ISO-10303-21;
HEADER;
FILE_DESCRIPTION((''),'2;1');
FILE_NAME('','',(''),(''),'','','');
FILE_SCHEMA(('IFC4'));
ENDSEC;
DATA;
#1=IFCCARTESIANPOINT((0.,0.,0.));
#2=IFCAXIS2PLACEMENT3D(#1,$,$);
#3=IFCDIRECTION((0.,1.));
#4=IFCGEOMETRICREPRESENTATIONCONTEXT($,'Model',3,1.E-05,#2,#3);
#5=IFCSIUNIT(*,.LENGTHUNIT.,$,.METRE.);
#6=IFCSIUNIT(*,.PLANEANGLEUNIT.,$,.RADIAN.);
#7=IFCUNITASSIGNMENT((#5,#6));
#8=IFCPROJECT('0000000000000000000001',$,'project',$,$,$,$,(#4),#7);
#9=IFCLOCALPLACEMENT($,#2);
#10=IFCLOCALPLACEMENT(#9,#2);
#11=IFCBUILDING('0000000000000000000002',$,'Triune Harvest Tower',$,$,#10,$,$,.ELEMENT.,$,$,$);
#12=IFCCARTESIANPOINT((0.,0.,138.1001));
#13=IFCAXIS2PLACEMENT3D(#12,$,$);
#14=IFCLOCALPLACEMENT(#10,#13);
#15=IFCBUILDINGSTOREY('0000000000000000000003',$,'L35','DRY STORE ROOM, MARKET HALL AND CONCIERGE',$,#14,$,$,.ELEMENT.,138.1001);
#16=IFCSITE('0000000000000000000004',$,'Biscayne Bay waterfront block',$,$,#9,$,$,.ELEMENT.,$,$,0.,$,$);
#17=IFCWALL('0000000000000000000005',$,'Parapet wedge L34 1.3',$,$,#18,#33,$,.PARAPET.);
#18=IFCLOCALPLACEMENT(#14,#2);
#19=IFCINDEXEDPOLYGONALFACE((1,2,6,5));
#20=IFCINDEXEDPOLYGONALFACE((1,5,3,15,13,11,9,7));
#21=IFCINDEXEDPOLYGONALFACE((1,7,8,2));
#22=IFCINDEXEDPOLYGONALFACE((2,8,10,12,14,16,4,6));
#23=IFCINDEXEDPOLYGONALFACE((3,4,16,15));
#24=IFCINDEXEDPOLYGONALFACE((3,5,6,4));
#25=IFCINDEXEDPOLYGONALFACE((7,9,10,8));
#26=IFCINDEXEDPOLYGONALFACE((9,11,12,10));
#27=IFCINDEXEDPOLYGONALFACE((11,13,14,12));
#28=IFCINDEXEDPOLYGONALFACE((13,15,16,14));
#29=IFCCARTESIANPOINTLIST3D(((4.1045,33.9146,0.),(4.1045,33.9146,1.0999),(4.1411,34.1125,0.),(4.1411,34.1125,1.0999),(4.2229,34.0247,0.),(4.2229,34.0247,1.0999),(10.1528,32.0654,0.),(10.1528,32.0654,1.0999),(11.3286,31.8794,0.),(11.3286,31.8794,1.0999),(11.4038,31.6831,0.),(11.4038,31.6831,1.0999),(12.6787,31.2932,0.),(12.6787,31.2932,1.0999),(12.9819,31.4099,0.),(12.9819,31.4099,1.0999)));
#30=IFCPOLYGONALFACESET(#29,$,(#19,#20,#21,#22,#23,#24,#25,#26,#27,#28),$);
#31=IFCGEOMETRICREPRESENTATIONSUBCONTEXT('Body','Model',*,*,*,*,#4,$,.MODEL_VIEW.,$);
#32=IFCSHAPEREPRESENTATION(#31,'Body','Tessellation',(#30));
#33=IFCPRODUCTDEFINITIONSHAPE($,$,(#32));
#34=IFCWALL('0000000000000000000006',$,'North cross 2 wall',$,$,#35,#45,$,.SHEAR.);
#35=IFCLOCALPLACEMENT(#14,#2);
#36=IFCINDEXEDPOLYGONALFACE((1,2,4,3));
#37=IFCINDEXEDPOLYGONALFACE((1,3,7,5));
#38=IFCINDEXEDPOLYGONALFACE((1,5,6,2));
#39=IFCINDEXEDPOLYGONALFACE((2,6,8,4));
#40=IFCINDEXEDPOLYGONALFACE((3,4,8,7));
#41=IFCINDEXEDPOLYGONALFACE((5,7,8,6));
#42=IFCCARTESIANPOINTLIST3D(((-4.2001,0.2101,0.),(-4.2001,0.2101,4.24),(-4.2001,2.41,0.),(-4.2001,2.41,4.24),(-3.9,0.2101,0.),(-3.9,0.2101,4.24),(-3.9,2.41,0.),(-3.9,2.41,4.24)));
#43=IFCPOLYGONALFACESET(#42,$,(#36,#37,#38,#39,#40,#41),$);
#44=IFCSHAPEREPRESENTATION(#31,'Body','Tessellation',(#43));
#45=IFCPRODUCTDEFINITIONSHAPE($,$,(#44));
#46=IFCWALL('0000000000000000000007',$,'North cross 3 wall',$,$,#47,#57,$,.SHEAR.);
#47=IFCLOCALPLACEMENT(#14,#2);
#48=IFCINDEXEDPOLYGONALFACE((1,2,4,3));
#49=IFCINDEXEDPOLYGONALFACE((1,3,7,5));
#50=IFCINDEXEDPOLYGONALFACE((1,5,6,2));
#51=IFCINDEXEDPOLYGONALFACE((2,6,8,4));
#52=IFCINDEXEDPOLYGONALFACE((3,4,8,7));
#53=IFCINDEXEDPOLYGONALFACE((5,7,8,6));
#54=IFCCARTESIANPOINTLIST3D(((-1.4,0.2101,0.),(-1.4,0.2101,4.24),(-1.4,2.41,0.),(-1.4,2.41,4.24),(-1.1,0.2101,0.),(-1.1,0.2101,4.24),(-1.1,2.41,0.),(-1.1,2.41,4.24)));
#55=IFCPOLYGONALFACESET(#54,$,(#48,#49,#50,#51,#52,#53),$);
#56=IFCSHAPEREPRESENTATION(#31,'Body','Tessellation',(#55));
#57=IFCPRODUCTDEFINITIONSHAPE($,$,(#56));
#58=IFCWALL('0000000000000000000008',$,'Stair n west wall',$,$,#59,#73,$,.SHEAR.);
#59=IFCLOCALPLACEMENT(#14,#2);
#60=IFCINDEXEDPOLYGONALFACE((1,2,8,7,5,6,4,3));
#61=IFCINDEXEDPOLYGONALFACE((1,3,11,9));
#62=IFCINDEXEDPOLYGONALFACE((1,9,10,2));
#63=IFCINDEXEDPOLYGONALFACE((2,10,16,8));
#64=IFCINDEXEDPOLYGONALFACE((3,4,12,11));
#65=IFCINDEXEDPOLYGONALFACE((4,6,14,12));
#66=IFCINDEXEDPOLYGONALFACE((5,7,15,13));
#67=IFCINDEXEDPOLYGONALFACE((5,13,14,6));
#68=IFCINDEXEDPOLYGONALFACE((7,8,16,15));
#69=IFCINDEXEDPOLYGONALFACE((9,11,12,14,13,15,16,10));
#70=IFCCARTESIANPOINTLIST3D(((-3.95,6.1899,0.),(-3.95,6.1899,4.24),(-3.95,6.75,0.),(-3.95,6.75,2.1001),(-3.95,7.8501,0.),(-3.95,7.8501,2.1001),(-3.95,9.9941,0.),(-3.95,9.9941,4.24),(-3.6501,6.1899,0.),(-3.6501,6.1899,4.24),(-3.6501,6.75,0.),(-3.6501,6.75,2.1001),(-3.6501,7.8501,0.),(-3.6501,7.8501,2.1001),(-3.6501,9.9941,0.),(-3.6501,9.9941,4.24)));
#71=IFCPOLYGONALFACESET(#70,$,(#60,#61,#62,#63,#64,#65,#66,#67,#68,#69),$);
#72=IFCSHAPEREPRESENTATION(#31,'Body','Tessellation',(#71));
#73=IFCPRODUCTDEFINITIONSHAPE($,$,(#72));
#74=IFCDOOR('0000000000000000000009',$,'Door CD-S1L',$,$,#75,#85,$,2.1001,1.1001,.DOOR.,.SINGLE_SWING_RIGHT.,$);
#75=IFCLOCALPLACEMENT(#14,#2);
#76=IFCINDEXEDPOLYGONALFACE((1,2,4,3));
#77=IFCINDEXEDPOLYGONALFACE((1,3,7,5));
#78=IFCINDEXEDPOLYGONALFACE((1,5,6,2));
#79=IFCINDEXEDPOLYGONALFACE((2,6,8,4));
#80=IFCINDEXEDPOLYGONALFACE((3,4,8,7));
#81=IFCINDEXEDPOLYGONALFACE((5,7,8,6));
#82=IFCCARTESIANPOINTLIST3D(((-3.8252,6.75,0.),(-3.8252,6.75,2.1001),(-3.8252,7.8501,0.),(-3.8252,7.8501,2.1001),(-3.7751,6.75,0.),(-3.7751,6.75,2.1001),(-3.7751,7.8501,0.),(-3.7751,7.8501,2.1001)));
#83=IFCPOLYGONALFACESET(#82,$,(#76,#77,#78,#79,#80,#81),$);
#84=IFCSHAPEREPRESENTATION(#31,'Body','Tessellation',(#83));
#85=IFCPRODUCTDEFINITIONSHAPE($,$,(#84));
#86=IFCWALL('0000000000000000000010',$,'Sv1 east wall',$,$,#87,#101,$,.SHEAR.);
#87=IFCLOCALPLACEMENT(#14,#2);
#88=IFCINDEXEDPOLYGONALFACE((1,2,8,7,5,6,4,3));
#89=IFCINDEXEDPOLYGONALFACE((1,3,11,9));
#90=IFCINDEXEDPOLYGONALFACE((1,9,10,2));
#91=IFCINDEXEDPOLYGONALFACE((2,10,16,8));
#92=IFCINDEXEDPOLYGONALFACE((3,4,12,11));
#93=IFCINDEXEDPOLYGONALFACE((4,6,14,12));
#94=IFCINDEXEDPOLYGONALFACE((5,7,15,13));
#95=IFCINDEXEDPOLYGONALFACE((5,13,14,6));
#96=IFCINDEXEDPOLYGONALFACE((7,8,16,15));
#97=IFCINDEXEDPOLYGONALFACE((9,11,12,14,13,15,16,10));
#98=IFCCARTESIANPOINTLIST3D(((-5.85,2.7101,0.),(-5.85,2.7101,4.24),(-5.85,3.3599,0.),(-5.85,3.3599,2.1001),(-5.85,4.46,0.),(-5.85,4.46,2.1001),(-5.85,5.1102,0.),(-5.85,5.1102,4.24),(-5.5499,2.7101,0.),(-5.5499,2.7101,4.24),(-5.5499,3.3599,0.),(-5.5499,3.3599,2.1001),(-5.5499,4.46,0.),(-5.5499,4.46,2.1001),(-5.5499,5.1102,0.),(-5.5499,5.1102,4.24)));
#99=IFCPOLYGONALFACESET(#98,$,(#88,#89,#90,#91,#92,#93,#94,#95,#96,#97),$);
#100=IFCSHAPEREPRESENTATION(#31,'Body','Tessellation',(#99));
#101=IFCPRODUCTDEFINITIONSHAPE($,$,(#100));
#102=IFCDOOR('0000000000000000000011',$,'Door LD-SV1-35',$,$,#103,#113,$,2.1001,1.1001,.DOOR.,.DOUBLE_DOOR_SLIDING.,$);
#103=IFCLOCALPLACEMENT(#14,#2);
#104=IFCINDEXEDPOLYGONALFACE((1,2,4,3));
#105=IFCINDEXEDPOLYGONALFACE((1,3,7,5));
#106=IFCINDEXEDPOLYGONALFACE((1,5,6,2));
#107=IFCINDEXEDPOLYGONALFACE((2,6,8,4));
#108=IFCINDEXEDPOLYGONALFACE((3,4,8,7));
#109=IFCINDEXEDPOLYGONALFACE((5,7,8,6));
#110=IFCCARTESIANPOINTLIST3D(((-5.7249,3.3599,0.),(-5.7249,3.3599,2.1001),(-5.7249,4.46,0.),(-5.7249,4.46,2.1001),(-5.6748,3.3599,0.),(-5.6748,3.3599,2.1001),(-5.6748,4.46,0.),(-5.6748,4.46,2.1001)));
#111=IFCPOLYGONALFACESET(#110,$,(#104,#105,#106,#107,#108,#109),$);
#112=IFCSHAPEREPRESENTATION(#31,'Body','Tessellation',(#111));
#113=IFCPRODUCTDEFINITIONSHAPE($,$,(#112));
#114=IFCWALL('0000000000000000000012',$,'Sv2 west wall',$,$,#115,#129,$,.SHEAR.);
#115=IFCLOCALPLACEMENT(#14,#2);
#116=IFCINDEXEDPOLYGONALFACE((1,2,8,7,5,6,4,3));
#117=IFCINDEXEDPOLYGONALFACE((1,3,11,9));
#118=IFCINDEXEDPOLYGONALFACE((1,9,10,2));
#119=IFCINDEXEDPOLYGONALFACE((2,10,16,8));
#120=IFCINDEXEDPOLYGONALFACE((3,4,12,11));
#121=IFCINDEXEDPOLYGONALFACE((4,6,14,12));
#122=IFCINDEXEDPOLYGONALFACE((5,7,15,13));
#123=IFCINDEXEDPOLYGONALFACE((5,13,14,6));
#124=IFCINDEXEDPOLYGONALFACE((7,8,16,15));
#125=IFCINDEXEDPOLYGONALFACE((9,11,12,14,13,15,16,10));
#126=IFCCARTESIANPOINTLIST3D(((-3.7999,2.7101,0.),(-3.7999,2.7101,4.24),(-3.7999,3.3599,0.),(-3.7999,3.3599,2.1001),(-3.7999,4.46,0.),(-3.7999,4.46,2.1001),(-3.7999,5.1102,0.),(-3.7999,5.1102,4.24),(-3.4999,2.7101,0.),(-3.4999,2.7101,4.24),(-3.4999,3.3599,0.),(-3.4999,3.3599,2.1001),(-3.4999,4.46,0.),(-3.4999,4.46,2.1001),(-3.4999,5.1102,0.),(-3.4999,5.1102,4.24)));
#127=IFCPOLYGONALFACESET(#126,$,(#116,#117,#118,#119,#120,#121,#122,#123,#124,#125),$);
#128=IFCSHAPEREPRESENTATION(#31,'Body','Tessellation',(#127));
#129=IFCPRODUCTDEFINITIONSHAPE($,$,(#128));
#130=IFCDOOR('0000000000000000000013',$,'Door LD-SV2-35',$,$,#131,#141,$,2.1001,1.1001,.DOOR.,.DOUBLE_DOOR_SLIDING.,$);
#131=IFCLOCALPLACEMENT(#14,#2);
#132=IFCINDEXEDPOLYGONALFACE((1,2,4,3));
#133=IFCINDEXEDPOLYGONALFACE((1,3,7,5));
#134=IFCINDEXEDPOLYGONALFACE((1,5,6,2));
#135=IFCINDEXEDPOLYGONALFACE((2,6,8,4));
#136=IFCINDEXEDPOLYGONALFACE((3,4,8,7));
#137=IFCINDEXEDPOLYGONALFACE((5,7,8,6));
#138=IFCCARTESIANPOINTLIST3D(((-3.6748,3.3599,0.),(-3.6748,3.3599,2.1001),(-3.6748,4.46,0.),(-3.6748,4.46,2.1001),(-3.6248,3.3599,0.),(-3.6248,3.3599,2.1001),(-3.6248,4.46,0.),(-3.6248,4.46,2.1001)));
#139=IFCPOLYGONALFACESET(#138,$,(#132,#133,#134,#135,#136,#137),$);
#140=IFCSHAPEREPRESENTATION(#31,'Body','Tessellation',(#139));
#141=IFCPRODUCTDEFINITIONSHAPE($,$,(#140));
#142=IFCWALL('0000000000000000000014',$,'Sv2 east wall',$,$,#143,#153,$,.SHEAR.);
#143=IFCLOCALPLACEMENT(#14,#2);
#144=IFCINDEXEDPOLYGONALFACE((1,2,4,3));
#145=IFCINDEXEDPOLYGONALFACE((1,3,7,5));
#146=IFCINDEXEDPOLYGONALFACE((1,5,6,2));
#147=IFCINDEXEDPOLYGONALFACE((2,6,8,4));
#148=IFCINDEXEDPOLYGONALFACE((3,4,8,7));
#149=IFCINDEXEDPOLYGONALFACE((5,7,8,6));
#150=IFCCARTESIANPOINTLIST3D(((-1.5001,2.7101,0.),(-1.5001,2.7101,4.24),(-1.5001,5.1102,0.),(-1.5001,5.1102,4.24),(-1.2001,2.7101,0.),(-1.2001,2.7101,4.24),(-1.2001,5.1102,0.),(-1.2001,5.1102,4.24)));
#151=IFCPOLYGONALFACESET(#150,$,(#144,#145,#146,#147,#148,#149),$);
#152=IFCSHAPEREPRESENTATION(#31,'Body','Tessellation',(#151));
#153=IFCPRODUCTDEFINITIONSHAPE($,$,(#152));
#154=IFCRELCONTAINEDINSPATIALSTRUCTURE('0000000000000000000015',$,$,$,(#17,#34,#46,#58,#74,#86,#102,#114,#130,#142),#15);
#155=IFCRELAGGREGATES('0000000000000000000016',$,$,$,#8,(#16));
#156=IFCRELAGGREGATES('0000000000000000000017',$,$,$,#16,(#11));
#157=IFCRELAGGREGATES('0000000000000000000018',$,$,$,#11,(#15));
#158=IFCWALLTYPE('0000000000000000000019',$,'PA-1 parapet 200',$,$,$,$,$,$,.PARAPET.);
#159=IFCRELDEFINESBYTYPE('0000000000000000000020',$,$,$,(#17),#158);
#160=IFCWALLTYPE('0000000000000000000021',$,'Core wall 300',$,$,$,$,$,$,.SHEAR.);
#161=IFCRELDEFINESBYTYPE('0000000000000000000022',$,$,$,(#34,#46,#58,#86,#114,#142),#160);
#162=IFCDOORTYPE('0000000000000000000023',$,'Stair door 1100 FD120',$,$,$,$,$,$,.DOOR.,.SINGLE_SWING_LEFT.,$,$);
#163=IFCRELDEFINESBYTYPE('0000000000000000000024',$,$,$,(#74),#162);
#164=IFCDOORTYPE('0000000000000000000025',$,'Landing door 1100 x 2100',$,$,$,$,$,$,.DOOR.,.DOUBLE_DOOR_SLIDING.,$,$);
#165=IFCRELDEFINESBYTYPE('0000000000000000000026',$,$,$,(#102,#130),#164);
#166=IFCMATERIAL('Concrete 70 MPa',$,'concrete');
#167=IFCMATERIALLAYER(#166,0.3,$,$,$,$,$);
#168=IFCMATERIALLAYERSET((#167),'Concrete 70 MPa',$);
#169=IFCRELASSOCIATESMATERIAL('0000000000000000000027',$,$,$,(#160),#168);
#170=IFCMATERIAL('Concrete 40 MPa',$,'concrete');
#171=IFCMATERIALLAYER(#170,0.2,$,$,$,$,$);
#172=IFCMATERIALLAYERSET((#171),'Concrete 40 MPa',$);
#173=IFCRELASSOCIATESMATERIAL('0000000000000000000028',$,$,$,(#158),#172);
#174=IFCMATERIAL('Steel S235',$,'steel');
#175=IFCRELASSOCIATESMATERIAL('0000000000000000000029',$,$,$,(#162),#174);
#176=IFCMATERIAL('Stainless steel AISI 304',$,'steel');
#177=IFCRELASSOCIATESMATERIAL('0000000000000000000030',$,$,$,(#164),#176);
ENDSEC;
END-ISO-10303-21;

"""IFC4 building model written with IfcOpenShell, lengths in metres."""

from ifc_helpers import new_model, si_unit, direction, frame, frame_2d, origin, place, context, subcontext, project, spatial, polyline, rectangle, outline, extrude, source, transform, mapped, material, layer, layer_set, type_object, element, fill, save


model = new_model("IFC4")

# Units and contexts
model_context = context("Model", 3, precision=1e-05, world=origin(), true_north=direction((0.0, 1.0)))
body_context = subcontext(model_context, "Body", "Model", "MODEL_VIEW")
ifc_project = project(units=[si_unit("LENGTHUNIT", "METRE"), si_unit("PLANEANGLEUNIT", "RADIAN")], contexts=[model_context])

# Site, building, storey
site_placement = place(None, origin())
site = spatial("IfcSite", under=ifc_project, at=site_placement, Name="Biscayne Bay waterfront block", CompositionType="ELEMENT", RefElevation=0.0)
building_placement = place(site_placement, origin())
building = spatial("IfcBuilding", under=site, at=building_placement, Name="Triune Harvest Tower", CompositionType="ELEMENT")
storey_placement = place(building_placement, frame((0.0, 0.0, 138.1001)))
storey = spatial("IfcBuildingStorey", under=building, at=storey_placement, Name="L35", Description="DRY STORE ROOM, MARKET HALL AND CONCIERGE", CompositionType="ELEMENT", Elevation=138.1001)

# Walls
ifc_material_1 = material(Name="Concrete 70 MPa", Category="concrete")
ifc_layer_1 = layer(ifc_material_1, 0.3)
ifc_layer_set_1 = layer_set([ifc_layer_1], Name="Concrete 70 MPa")
wall_type_1 = type_object("IfcWallType", Name="Core wall 300", PredefinedType="SHEAR", material=ifc_layer_set_1)
ifc_material_2 = material(Name="Concrete 40 MPa", Category="concrete")
ifc_layer_2 = layer(ifc_material_2, 0.2)
ifc_layer_set_2 = layer_set([ifc_layer_2], Name="Concrete 40 MPa")
wall_type_2 = type_object("IfcWallType", Name="PA-1 parapet 200", PredefinedType="PARAPET", material=ifc_layer_set_2)
wall_1_placement = place(storey_placement, origin())
element("IfcWall", 1, at=wall_1_placement, inside=storey, type_object=wall_type_2, Name="Parapet wedge L34 1.3", PredefinedType="PARAPET", context=body_context, shape_type="SweptSolid", body=[
    extrude(outline(polyline([(4.1045, 33.9146), (4.2229, 34.0247), (4.1411, 34.1125), (12.9819, 31.4099), (12.6787, 31.2932), (11.4038, 31.6831), (11.3286, 31.8794), (10.1528, 32.0654), (4.1045, 33.9146)])), origin(), (0.0, 0.0, 1.0), 1.0999),
])
shared_shape_1 = source(origin(), body_context, "Body", "SweptSolid", [
    extrude(rectangle(XDim=2.2, YDim=0.3, at=frame_2d((1.1001, 0.0))), origin(), (0.0, 0.0, 1.0), 4.24),
])
for number, where, z_axis, x_axis, name in (
    (2, (-4.05, 0.21, 0.0), (0.0, 0.0, 1.0), (0.0, 1.0, 0.0), "North cross 2 wall"),
    (3, (-1.25, 0.21, 0.0), (0.0, 0.0, 1.0), (0.0, 1.0, 0.0), "North cross 3 wall"),
):
    element("IfcWall", number, at=place(storey_placement, frame(where, z_axis=z_axis, x_axis=x_axis)), inside=storey, type_object=wall_type_1, Name=name, PredefinedType="SHEAR", context=body_context, shape_type="MappedRepresentation", body=[
        mapped(shared_shape_1, transform((0.0, 0.0, 0.0), scale=1.0)),
    ])

# Walls, openings, doors
shared_shape_2 = source(origin(), body_context, "Body", "SweptSolid", [
    extrude(outline(polyline([(0.0, -0.1499), (0.0, 0.1499), (3.8042, 0.1499), (3.8042, -0.1499), (0.0, -0.1499)])), origin(), (0.0, 0.0, 1.0), 4.24),
])
wall_2_placement = place(storey_placement, frame((-3.8, 6.1899, 0.0), z_axis=(0.0, 0.0, 1.0), x_axis=(0.0, 1.0, 0.0)))
wall_2 = element("IfcWall", 4, at=wall_2_placement, inside=storey, type_object=wall_type_1, Name="Stair n west wall", PredefinedType="SHEAR", context=body_context, shape_type="MappedRepresentation", body=[
    mapped(shared_shape_2, transform((0.0, 0.0, 0.0), scale=1.0)),
])
opening_1_placement = place(wall_2_placement, frame((0.5601, 0.0, 0.0)))
opening_1 = element("IfcOpeningElement", 5, at=opening_1_placement, cuts=wall_2, PredefinedType="OPENING", context=body_context, shape_type="SweptSolid", body=[
    extrude(rectangle(XDim=1.1001, YDim=2.1001, at=frame_2d((0.55, 1.05))), frame((0.0, 0.1602, 0.0), z_axis=(0.0, -1.0, 0.0), x_axis=(1.0, 0.0, 0.0)), (0.0, 0.0, 1.0), 0.3201),
])
ifc_material_3 = material(Name="Steel S235", Category="steel")
door_type_1 = type_object("IfcDoorType", Name="Stair door 1100 FD120", OperationType="SINGLE_SWING_LEFT", PredefinedType="DOOR", material=ifc_material_3)
door_1_placement = place(opening_1_placement, frame((1.1001, 0.0, 0.0), z_axis=(0.0, 0.0, 1.0), x_axis=(-1.0, 0.0, 0.0)))
door_1 = element("IfcDoor", 6, at=door_1_placement, inside=storey, type_object=door_type_1, Name="Door CD-S1L", OperationType="SINGLE_SWING_RIGHT", OverallHeight=2.1001, OverallWidth=1.1001, PredefinedType="DOOR", context=body_context, shape_type="SweptSolid", body=[
    extrude(rectangle(XDim=1.1001, YDim=2.1001, at=frame_2d((0.55, 1.05))), frame((0.0, 0.0249, 0.0), z_axis=(0.0, -1.0, 0.0), x_axis=(1.0, 0.0, 0.0)), (0.0, 0.0, 1.0), 0.05),
])
fill(opening_1, door_1)
shared_shape_3 = source(origin(), body_context, "Body", "SweptSolid", [
    extrude(rectangle(XDim=2.4001, YDim=0.3, at=frame_2d((1.2002, 0.0))), origin(), (0.0, 0.0, 1.0), 4.24),
])
wall_3_placement = place(storey_placement, frame((-5.7, 2.71, 0.0), z_axis=(0.0, 0.0, 1.0), x_axis=(0.0, 1.0, 0.0)))
wall_3 = element("IfcWall", 7, at=wall_3_placement, inside=storey, type_object=wall_type_1, Name="Sv1 east wall", PredefinedType="SHEAR", context=body_context, shape_type="MappedRepresentation", body=[
    mapped(shared_shape_3, transform((0.0, 0.0, 0.0), scale=1.0)),
])
opening_2_placement = place(wall_3_placement, frame((0.6499, 0.0, 0.0)))
opening_2 = element("IfcOpeningElement", 8, at=opening_2_placement, cuts=wall_3, PredefinedType="OPENING", context=body_context, shape_type="SweptSolid", body=[
    extrude(rectangle(XDim=1.1001, YDim=2.1001, at=frame_2d((0.55, 1.05))), frame((0.0, 0.1602, 0.0), z_axis=(0.0, -1.0, 0.0), x_axis=(1.0, 0.0, 0.0)), (0.0, 0.0, 1.0), 0.3201),
])
ifc_material_4 = material(Name="Stainless steel AISI 304", Category="steel")
door_type_2 = type_object("IfcDoorType", Name="Landing door 1100 x 2100", OperationType="DOUBLE_DOOR_SLIDING", PredefinedType="DOOR", material=ifc_material_4)
door_2_placement = place(opening_2_placement, origin())
door_2 = element("IfcDoor", 9, at=door_2_placement, inside=storey, type_object=door_type_2, Name="Door LD-SV1-35", OperationType="DOUBLE_DOOR_SLIDING", OverallHeight=2.1001, OverallWidth=1.1001, PredefinedType="DOOR", context=body_context, shape_type="SweptSolid", body=[
    extrude(rectangle(XDim=1.1001, YDim=2.1001, at=frame_2d((0.55, 1.05))), frame((0.0, 0.0249, 0.0), z_axis=(0.0, -1.0, 0.0), x_axis=(1.0, 0.0, 0.0)), (0.0, 0.0, 1.0), 0.05),
])
fill(opening_2, door_2)
wall_4_placement = place(storey_placement, frame((-3.6499, 2.71, 0.0), z_axis=(0.0, 0.0, 1.0), x_axis=(0.0, 1.0, 0.0)))
wall_4 = element("IfcWall", 10, at=wall_4_placement, inside=storey, type_object=wall_type_1, Name="Sv2 west wall", PredefinedType="SHEAR", context=body_context, shape_type="MappedRepresentation", body=[
    mapped(shared_shape_3, transform((0.0, 0.0, 0.0), scale=1.0)),
])
opening_3_placement = place(wall_4_placement, frame((0.6499, 0.0, 0.0)))
opening_3 = element("IfcOpeningElement", 11, at=opening_3_placement, cuts=wall_4, PredefinedType="OPENING", context=body_context, shape_type="SweptSolid", body=[
    extrude(rectangle(XDim=1.1001, YDim=2.1001, at=frame_2d((0.55, 1.05))), frame((0.0, 0.1602, 0.0), z_axis=(0.0, -1.0, 0.0), x_axis=(1.0, 0.0, 0.0)), (0.0, 0.0, 1.0), 0.3201),
])
door_3_placement = place(opening_3_placement, origin())
door_3 = element("IfcDoor", 12, at=door_3_placement, inside=storey, type_object=door_type_2, Name="Door LD-SV2-35", OperationType="DOUBLE_DOOR_SLIDING", OverallHeight=2.1001, OverallWidth=1.1001, PredefinedType="DOOR", context=body_context, shape_type="SweptSolid", body=[
    extrude(rectangle(XDim=1.1001, YDim=2.1001, at=frame_2d((0.55, 1.05))), frame((0.0, 0.0249, 0.0), z_axis=(0.0, -1.0, 0.0), x_axis=(1.0, 0.0, 0.0)), (0.0, 0.0, 1.0), 0.05),
])
fill(opening_3, door_3)

# Wall
wall_5_placement = place(storey_placement, frame((-1.3501, 2.71, 0.0), z_axis=(0.0, 0.0, 1.0), x_axis=(0.0, 1.0, 0.0)))
element("IfcWall", 13, at=wall_5_placement, inside=storey, type_object=wall_type_1, Name="Sv2 east wall", PredefinedType="SHEAR", context=body_context, shape_type="MappedRepresentation", body=[
    mapped(shared_shape_3, transform((0.0, 0.0, 0.0), scale=1.0)),
])

save(model, "model.ifc")
